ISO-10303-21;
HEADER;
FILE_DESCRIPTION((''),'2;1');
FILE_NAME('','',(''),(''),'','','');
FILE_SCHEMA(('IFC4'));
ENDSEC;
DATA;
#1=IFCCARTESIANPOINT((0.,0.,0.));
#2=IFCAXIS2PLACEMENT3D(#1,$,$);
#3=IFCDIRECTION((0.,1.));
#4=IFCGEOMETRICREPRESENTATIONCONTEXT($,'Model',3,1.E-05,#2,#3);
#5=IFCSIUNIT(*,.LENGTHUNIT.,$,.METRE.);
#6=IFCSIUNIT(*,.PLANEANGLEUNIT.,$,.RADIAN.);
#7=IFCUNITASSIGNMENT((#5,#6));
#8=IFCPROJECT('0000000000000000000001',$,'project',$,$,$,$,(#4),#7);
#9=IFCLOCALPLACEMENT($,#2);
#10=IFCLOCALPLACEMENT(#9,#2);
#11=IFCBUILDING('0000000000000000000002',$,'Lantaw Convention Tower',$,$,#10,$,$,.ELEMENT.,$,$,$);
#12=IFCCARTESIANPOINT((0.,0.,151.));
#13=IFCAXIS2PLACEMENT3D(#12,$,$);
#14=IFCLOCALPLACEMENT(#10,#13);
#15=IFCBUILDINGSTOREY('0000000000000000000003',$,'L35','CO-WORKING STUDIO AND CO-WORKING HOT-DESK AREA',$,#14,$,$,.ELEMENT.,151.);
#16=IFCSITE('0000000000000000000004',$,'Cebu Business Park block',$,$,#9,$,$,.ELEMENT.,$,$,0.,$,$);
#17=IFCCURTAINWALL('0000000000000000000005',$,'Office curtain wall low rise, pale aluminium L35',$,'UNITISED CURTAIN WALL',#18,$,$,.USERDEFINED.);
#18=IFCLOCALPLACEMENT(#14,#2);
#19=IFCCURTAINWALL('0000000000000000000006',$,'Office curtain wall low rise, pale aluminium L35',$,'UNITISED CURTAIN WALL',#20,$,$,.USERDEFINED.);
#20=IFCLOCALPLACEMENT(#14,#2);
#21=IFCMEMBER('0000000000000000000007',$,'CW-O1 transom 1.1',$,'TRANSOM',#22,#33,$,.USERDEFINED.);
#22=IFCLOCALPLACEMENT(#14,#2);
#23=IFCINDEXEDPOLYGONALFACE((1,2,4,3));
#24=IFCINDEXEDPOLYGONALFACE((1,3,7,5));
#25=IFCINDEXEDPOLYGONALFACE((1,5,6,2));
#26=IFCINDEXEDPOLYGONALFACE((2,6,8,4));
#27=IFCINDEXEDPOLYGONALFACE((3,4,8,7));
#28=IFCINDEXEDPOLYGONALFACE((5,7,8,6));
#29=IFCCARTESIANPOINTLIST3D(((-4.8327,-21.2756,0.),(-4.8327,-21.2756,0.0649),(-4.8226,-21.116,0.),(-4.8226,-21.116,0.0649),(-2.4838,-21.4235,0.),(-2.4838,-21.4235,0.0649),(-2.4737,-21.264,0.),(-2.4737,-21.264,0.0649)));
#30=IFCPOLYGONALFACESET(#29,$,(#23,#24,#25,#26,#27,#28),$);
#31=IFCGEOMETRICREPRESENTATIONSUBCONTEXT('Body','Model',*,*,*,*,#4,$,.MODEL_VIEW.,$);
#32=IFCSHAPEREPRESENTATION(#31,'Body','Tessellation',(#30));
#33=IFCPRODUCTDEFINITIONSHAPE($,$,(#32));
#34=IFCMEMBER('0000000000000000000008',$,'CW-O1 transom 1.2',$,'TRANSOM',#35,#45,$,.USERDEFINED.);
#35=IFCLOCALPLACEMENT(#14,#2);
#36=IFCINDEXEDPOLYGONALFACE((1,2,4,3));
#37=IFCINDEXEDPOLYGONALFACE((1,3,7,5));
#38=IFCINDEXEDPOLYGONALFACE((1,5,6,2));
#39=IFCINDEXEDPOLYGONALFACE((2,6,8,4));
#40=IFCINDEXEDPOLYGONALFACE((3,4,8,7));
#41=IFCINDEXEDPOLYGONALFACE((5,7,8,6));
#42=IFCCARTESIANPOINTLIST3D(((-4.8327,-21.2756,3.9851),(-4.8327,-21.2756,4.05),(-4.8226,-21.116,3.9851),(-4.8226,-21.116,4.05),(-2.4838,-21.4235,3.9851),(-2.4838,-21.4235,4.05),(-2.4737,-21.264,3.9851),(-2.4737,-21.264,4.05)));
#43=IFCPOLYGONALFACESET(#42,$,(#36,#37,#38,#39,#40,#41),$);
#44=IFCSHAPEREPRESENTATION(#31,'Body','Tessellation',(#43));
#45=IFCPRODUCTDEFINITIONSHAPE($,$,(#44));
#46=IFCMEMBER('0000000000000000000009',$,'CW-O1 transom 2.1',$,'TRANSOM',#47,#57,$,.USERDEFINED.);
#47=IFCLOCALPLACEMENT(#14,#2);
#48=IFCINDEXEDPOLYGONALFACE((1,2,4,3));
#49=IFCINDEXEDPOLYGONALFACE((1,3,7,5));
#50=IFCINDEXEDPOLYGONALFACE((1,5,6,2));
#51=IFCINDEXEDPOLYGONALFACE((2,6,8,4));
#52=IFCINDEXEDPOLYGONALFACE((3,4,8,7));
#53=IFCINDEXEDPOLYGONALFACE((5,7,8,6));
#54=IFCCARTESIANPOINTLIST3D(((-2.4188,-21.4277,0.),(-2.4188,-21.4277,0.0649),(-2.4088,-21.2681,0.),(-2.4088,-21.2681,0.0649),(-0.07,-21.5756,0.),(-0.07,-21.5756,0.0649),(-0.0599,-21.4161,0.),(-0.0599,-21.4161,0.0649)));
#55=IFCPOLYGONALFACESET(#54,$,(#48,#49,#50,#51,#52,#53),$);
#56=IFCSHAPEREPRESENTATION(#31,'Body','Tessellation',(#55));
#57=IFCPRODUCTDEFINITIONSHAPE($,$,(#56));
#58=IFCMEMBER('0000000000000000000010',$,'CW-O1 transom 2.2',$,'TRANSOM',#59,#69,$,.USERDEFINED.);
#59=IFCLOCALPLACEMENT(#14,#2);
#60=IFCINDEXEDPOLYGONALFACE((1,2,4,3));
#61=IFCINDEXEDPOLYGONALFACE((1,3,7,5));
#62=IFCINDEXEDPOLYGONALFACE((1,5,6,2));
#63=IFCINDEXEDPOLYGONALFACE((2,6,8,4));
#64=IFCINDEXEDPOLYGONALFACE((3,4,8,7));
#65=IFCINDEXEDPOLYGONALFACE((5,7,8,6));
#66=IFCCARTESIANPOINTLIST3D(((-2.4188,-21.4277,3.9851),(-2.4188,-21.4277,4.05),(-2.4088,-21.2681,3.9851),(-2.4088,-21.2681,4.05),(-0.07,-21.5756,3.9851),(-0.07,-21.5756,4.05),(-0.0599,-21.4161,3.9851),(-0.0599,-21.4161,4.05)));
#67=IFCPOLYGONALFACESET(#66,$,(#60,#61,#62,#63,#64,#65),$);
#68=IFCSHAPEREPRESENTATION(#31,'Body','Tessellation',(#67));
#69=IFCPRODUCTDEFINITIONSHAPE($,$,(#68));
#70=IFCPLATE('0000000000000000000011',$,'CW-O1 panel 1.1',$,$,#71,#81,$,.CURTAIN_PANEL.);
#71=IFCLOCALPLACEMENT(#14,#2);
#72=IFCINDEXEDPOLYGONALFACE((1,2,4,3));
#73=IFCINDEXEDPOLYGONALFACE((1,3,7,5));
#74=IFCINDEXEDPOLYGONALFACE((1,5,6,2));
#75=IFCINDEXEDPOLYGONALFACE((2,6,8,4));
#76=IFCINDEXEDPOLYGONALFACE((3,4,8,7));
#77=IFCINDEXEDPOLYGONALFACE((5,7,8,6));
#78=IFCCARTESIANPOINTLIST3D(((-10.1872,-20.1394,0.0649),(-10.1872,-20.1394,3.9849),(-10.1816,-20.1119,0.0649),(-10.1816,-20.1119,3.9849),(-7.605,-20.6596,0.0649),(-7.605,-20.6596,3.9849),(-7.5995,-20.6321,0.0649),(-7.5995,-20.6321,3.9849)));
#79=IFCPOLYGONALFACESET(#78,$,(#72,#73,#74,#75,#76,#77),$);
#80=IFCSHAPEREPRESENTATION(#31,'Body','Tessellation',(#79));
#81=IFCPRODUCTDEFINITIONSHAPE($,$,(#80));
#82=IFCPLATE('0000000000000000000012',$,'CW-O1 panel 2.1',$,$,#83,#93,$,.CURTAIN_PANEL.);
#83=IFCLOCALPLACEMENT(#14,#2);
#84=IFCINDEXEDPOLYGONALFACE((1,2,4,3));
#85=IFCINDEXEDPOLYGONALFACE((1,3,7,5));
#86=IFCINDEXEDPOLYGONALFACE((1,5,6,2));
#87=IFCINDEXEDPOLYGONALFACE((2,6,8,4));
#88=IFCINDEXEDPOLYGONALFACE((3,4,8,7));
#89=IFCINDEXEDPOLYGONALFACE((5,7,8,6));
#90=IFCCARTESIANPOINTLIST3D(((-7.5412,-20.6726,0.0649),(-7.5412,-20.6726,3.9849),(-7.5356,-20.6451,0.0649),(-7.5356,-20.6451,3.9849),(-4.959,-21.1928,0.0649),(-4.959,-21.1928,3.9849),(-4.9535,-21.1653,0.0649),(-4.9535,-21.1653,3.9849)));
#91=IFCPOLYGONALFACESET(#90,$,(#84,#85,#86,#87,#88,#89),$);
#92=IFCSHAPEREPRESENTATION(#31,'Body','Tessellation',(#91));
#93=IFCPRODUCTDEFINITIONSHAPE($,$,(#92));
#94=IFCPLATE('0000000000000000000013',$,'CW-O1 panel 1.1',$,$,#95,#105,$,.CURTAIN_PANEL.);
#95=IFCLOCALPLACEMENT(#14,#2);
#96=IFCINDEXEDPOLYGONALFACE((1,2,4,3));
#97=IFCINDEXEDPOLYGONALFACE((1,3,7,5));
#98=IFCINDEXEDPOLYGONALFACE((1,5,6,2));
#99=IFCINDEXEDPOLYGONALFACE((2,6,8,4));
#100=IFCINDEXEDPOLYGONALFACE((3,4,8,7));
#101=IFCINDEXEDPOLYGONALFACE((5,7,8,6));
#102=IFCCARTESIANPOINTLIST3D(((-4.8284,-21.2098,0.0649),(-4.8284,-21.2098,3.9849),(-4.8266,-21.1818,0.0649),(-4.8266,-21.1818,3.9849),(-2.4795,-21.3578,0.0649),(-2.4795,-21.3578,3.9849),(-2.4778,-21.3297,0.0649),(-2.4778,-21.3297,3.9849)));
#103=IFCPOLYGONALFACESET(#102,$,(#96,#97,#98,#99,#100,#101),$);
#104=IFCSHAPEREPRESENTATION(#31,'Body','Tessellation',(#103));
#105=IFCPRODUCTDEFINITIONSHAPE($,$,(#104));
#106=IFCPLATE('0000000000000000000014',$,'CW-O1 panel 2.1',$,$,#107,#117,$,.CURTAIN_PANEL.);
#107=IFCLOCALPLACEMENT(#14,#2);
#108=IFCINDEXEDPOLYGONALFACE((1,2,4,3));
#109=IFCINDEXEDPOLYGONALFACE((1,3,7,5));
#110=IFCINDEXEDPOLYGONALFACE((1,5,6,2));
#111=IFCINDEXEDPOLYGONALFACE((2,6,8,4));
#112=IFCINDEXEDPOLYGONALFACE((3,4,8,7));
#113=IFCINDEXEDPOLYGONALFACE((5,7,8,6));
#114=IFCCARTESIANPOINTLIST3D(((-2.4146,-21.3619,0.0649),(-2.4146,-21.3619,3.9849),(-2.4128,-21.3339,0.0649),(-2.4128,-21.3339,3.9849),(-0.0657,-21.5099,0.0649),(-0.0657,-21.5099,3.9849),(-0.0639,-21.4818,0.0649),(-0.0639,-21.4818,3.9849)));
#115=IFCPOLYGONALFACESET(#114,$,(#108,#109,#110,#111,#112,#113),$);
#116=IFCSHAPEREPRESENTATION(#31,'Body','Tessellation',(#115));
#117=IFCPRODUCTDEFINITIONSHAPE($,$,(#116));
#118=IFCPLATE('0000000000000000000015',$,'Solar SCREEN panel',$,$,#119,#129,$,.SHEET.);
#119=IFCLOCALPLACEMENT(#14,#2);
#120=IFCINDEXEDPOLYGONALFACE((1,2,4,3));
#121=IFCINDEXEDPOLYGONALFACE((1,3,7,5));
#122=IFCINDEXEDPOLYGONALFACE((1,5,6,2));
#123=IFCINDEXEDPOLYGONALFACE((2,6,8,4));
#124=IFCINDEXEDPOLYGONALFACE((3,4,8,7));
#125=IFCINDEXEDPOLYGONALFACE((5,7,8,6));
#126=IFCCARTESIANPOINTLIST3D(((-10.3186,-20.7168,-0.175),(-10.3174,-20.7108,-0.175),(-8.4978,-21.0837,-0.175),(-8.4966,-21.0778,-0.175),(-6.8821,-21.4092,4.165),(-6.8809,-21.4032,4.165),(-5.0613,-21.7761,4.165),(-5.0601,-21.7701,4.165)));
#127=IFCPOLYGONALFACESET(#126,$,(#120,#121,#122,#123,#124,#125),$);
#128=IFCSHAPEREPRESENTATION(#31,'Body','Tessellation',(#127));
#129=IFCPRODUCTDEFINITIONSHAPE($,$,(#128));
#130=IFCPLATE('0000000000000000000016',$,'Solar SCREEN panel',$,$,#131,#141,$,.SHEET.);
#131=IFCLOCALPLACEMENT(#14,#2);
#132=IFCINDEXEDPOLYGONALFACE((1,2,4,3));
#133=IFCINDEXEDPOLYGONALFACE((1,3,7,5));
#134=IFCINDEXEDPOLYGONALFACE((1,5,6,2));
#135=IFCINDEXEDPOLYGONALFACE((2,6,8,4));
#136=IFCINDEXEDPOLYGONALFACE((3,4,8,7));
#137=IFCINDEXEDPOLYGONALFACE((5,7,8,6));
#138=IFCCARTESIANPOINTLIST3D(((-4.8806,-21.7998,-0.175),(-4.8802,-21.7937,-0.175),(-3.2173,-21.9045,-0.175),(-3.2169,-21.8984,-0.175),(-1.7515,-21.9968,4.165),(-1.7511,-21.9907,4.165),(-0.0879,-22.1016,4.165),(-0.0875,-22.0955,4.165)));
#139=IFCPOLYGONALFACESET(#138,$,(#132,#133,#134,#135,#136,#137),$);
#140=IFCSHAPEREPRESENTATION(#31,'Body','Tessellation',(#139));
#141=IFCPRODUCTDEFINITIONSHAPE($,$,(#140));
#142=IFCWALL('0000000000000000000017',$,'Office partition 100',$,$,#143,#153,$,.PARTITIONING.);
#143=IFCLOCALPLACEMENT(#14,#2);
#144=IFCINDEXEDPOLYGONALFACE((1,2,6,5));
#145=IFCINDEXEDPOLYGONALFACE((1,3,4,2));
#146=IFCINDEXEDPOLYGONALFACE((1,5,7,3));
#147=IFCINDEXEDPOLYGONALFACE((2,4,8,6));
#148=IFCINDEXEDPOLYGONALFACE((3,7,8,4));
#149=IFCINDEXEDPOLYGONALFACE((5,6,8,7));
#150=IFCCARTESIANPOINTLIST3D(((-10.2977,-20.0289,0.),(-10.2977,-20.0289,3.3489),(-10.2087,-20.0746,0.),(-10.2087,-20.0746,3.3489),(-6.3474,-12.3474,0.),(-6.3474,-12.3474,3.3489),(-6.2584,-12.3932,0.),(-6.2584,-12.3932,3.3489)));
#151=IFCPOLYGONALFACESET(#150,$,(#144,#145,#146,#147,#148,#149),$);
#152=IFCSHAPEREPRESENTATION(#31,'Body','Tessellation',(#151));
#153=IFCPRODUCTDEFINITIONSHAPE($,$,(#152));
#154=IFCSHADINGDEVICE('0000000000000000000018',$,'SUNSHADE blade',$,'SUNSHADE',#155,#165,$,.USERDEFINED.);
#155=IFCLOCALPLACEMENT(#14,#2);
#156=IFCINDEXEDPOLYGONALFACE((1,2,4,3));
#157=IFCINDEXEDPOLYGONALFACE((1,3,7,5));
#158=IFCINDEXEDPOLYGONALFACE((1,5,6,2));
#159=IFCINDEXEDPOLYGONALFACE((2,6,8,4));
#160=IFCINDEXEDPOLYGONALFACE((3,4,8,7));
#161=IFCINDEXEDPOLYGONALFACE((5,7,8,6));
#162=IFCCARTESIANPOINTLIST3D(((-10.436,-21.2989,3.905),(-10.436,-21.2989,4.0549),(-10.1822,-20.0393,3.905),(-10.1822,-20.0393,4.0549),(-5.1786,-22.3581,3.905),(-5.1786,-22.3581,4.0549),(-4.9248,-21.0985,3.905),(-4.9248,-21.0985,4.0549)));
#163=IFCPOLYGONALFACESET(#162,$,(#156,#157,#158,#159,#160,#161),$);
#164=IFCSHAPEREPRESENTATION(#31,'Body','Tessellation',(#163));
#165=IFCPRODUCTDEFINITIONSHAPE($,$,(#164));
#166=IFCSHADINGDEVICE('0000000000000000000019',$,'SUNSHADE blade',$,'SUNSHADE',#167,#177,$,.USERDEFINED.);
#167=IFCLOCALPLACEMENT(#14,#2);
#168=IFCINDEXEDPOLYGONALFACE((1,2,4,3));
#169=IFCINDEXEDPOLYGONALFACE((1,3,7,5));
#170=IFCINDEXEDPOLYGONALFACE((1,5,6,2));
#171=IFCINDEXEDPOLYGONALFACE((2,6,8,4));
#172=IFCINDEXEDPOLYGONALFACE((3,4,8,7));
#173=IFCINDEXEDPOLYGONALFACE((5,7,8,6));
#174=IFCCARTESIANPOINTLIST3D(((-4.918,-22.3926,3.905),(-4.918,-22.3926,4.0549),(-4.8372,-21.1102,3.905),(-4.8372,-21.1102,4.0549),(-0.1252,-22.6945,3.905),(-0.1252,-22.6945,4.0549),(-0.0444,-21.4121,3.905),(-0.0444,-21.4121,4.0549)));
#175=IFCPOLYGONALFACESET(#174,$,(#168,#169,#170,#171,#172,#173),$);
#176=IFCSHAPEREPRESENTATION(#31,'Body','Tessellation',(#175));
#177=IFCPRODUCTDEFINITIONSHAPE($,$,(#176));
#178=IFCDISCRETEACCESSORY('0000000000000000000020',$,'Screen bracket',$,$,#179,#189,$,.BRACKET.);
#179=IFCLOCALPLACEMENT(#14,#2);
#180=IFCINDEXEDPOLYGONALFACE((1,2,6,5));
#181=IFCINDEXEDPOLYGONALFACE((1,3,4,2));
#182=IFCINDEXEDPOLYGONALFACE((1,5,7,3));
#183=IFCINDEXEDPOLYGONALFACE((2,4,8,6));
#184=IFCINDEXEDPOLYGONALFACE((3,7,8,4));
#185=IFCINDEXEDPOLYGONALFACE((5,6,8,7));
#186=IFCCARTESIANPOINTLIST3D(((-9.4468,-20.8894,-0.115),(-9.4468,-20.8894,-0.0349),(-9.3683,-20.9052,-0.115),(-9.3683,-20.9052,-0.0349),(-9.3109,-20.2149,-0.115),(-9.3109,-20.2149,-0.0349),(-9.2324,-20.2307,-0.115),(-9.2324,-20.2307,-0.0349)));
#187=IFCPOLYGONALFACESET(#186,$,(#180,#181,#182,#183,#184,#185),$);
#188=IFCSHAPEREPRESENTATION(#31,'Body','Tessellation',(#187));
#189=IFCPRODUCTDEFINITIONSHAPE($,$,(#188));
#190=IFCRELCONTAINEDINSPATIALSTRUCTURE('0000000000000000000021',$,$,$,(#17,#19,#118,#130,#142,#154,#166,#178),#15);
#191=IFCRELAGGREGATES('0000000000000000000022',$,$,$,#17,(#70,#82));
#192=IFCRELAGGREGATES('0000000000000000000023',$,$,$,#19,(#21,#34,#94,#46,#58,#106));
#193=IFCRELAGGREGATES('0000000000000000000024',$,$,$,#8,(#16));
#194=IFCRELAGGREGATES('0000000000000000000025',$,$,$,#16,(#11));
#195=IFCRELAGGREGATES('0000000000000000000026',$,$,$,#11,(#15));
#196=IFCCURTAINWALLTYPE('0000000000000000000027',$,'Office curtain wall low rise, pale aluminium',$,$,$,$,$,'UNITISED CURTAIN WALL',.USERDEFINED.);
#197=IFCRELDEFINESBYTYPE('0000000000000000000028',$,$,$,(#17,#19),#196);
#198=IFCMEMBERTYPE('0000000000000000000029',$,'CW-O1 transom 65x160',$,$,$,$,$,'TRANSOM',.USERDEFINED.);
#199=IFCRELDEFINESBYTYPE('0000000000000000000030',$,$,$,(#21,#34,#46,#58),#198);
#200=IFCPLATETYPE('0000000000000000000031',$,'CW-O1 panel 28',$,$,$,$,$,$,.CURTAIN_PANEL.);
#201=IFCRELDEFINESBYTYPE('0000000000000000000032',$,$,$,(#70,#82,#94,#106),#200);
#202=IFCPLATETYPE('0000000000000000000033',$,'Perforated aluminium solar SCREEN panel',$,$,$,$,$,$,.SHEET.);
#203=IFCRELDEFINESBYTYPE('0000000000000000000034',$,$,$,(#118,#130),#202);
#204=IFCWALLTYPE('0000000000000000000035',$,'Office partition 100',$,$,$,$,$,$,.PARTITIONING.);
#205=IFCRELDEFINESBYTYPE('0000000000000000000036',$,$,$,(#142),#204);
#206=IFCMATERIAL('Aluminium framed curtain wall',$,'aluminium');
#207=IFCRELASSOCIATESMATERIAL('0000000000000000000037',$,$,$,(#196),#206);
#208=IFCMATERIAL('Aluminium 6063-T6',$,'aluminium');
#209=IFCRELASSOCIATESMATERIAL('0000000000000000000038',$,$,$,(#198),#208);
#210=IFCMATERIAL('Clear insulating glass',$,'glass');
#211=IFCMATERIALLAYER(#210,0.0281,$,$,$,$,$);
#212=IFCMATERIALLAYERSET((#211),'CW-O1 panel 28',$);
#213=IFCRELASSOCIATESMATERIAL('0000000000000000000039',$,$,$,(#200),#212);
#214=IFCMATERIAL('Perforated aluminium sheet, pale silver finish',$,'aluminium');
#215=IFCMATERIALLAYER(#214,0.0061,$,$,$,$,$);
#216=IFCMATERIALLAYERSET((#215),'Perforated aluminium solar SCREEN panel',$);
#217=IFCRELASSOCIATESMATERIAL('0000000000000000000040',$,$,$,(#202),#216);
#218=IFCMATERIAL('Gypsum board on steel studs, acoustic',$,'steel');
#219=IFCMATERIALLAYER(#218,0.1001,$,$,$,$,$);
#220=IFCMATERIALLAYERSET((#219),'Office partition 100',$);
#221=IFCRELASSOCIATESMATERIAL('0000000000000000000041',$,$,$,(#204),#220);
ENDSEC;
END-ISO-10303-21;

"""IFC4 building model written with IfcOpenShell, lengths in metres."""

from ifc_helpers import new_model, si_unit, direction, frame, frame_2d, origin, origin_2d, place, context, subcontext, project, spatial, polyline, rectangle, outline, extrude, material, layer, layer_set, material_profile, profile_set, type_object, element, aggregate, save


model = new_model("IFC4")

# Units and contexts
model_context = context("Model", 3, precision=1e-05, world=origin(), true_north=direction((0.0, 1.0)))
body_context = subcontext(model_context, "Body", "Model", "MODEL_VIEW")
ifc_project = project(units=[si_unit("LENGTHUNIT", "METRE"), si_unit("PLANEANGLEUNIT", "RADIAN")], contexts=[model_context])

# Site, building, storey
site_placement = place(None, origin())
site = spatial("IfcSite", under=ifc_project, at=site_placement, Name="Cebu Business Park block", CompositionType="ELEMENT", RefElevation=0.0)
building_placement = place(site_placement, origin())
building = spatial("IfcBuilding", under=site, at=building_placement, Name="Lantaw Convention Tower", CompositionType="ELEMENT")
storey_placement = place(building_placement, frame((0.0, 0.0, 151.0)))
storey = spatial("IfcBuildingStorey", under=building, at=storey_placement, Name="L35", Description="CO-WORKING STUDIO AND CO-WORKING HOT-DESK AREA", CompositionType="ELEMENT", Elevation=151.0)

# Shared definitions
ifc_material_1 = material(Name="Aluminium framed curtain wall", Category="aluminium")
curtain_wall_type = type_object("IfcCurtainWallType", Name="Office curtain wall low rise, pale aluminium", ElementType="UNITISED CURTAIN WALL", PredefinedType="USERDEFINED", material=ifc_material_1)
ifc_material_2 = material(Name="Aluminium 6063-T6", Category="aluminium")

# Curtain walls
curtain_wall_1_placement = place(storey_placement, origin())
curtain_wall_1 = element("IfcCurtainWall", 1, at=curtain_wall_1_placement, inside=storey, type_object=curtain_wall_type, Name="Office curtain wall low rise, pale aluminium L35", ObjectType="UNITISED CURTAIN WALL", PredefinedType="USERDEFINED")
curtain_wall_2_placement = place(storey_placement, origin())
curtain_wall_2 = element("IfcCurtainWall", 2, at=curtain_wall_2_placement, inside=storey, type_object=curtain_wall_type, Name="Office curtain wall low rise, pale aluminium L35", ObjectType="UNITISED CURTAIN WALL", PredefinedType="USERDEFINED")

# Members
ifc_material_profile_1 = material_profile(ifc_material_2, rectangle(XDim=0.1599, YDim=0.0649, at=origin_2d()), Name="CW-O1 transom 65x160")
ifc_profile_set_1 = profile_set([ifc_material_profile_1], Name="Aluminium 6063-T6")
member_type_1 = type_object("IfcMemberType", Name="CW-O1 transom 65x160", ElementType="TRANSOM", PredefinedType="USERDEFINED", material=ifc_profile_set_1)
member_1_placement = place(storey_placement, frame((-4.8276, -21.1958, 0.0325), z_axis=(0.998022, -0.062863, 0.0), x_axis=(0.062863, 0.998022, 0.0)))
member_1 = element("IfcMember", 3, at=member_1_placement, type_object=member_type_1, Name="CW-O1 transom 1.1", ObjectType="TRANSOM", PredefinedType="USERDEFINED", context=body_context, shape_type="SweptSolid", body=[
    extrude(rectangle(XDim=0.1599, YDim=0.0649, at=origin_2d()), origin(), (0.0, 0.0, 1.0), 2.3535),
])
member_2_placement = place(storey_placement, frame((-4.8276, -21.1958, 4.0176), z_axis=(0.998022, -0.062863, 0.0), x_axis=(0.062863, 0.998022, 0.0)))
member_2 = element("IfcMember", 4, at=member_2_placement, type_object=member_type_1, Name="CW-O1 transom 1.2", ObjectType="TRANSOM", PredefinedType="USERDEFINED", context=body_context, shape_type="SweptSolid", body=[
    extrude(rectangle(XDim=0.1599, YDim=0.0649, at=origin_2d()), origin(), (0.0, 0.0, 1.0), 2.3535),
])
member_3_placement = place(storey_placement, frame((-2.4138, -21.3479, 0.0325), z_axis=(0.998022, -0.062863, 0.0), x_axis=(0.062863, 0.998022, 0.0)))
member_3 = element("IfcMember", 5, at=member_3_placement, type_object=member_type_1, Name="CW-O1 transom 2.1", ObjectType="TRANSOM", PredefinedType="USERDEFINED", context=body_context, shape_type="SweptSolid", body=[
    extrude(rectangle(XDim=0.1599, YDim=0.0649, at=origin_2d()), origin(), (0.0, 0.0, 1.0), 2.3535),
])
member_4_placement = place(storey_placement, frame((-2.4138, -21.3479, 4.0176), z_axis=(0.998022, -0.062863, 0.0), x_axis=(0.062863, 0.998022, 0.0)))
member_4 = element("IfcMember", 6, at=member_4_placement, type_object=member_type_1, Name="CW-O1 transom 2.2", ObjectType="TRANSOM", PredefinedType="USERDEFINED", context=body_context, shape_type="SweptSolid", body=[
    extrude(rectangle(XDim=0.1599, YDim=0.0649, at=origin_2d()), origin(), (0.0, 0.0, 1.0), 2.3535),
])

# Plates
ifc_material_3 = material(Name="Clear insulating glass", Category="glass")
ifc_layer_1 = layer(ifc_material_3, 0.0281)
ifc_layer_set_1 = layer_set([ifc_layer_1], Name="CW-O1 panel 28")
plate_type_1 = type_object("IfcPlateType", Name="CW-O1 panel 28", PredefinedType="CURTAIN_PANEL", material=ifc_layer_set_1)
plate_1_placement = place(storey_placement, frame((-8.8933, -20.3857, 0.0649), z_axis=(0.0, 0.0, 1.0), x_axis=(0.980302, -0.197507, 0.0)))
plate_1 = element("IfcPlate", 7, at=plate_1_placement, type_object=plate_type_1, Name="CW-O1 panel 1.1", PredefinedType="CURTAIN_PANEL", context=body_context, shape_type="SweptSolid", body=[
    extrude(rectangle(XDim=2.634, YDim=0.0281, at=origin_2d()), origin(), (0.0, 0.0, 1.0), 3.9199),
])
plate_2_placement = place(storey_placement, frame((-6.2473, -20.9189, 0.0649), z_axis=(0.0, 0.0, 1.0), x_axis=(0.980302, -0.197507, 0.0)))
plate_2 = element("IfcPlate", 8, at=plate_2_placement, type_object=plate_type_1, Name="CW-O1 panel 2.1", PredefinedType="CURTAIN_PANEL", context=body_context, shape_type="SweptSolid", body=[
    extrude(rectangle(XDim=2.634, YDim=0.0281, at=origin_2d()), origin(), (0.0, 0.0, 1.0), 3.9199),
])
aggregate(curtain_wall_1, [plate_1, plate_2])
plate_3_placement = place(storey_placement, frame((-3.6531, -21.2698, 0.0649), z_axis=(0.0, 0.0, 1.0), x_axis=(0.998022, -0.062865, 0.0)))
plate_3 = element("IfcPlate", 9, at=plate_3_placement, type_object=plate_type_1, Name="CW-O1 panel 1.1", PredefinedType="CURTAIN_PANEL", context=body_context, shape_type="SweptSolid", body=[
    extrude(rectangle(XDim=2.3535, YDim=0.0281, at=origin_2d()), origin(), (0.0, 0.0, 1.0), 3.9199),
])
plate_4_placement = place(storey_placement, frame((-1.2393, -21.4219, 0.0649), z_axis=(0.0, 0.0, 1.0), x_axis=(0.998022, -0.062865, 0.0)))
plate_4 = element("IfcPlate", 10, at=plate_4_placement, type_object=plate_type_1, Name="CW-O1 panel 2.1", PredefinedType="CURTAIN_PANEL", context=body_context, shape_type="SweptSolid", body=[
    extrude(rectangle(XDim=2.3535, YDim=0.0281, at=origin_2d()), origin(), (0.0, 0.0, 1.0), 3.9199),
])
aggregate(curtain_wall_2, [member_1, member_2, plate_3, member_3, member_4, plate_4])

# Plates
ifc_material_4 = material(Name="Perforated aluminium sheet, pale silver finish", Category="aluminium")
ifc_layer_2 = layer(ifc_material_4, 0.0061)
ifc_layer_set_2 = layer_set([ifc_layer_2], Name="Perforated aluminium solar SCREEN panel")
plate_type_2 = type_object("IfcPlateType", Name="Perforated aluminium solar SCREEN panel", PredefinedType="SHEET", material=ifc_layer_set_2)
plate_5_placement = place(storey_placement, frame((-10.3186, -20.7168, -0.175), z_axis=(-0.197557, -0.980291, 0.000039), x_axis=(0.980291, -0.197557, 0.0)))
element("IfcPlate", 11, at=plate_5_placement, inside=storey, type_object=plate_type_2, Name="Solar SCREEN panel", PredefinedType="SHEET", context=body_context, shape_type="SweptSolid", body=[
    extrude(outline(polyline([(0.0, 0.0), (1.8574, 0.0), (5.363, 4.3401), (3.5056, 4.3401), (0.0, 0.0)])), origin(), (0.0, 0.0, -1.0), 0.0061),
])
plate_6_placement = place(storey_placement, frame((-4.8806, -21.7998, -0.175), z_axis=(-0.062839, -0.998024, 0.000002), x_axis=(0.998024, -0.062839, 0.0)))
element("IfcPlate", 12, at=plate_6_placement, inside=storey, type_object=plate_type_2, Name="Solar SCREEN panel", PredefinedType="SHEET", context=body_context, shape_type="SweptSolid", body=[
    extrude(outline(polyline([(0.0, 0.0), (1.6666, 0.0), (4.8022, 4.3401), (3.1353, 4.3401), (0.0, 0.0)])), origin(), (0.0, 0.0, -1.0), 0.0061),
])

# Wall
ifc_material_5 = material(Name="Gypsum board on steel studs, acoustic", Category="steel")
ifc_layer_3 = layer(ifc_material_5, 0.1001)
ifc_layer_set_3 = layer_set([ifc_layer_3], Name="Office partition 100")
wall_type = type_object("IfcWallType", Name="Office partition 100", PredefinedType="PARTITIONING", material=ifc_layer_set_3)
wall_placement = place(storey_placement, frame((-10.2532, -20.0518, 0.0), z_axis=(0.0, 0.0, 1.0), x_axis=(0.457326, 0.889299, 0.0)))
element("IfcWall", 13, at=wall_placement, inside=storey, type_object=wall_type, Name="Office partition 100", PredefinedType="PARTITIONING", context=body_context, shape_type="SweptSolid", body=[
    extrude(rectangle(XDim=8.6377, YDim=0.1001, at=frame_2d((4.3188, 0.0))), origin(), (0.0, 0.0, 1.0), 3.3489),
])

# Shading devices
shading_device_1_placement = place(storey_placement, frame((-7.6804, -21.1987, 3.905), z_axis=(0.0, 0.0, 1.0), x_axis=(0.980302, -0.197507, 0.0)))
element("IfcShadingDevice", 14, at=shading_device_1_placement, inside=storey, Name="SUNSHADE blade", ObjectType="SUNSHADE", PredefinedType="USERDEFINED", context=body_context, shape_type="SweptSolid", body=[
    extrude(rectangle(XDim=5.363, YDim=1.2849, at=origin_2d()), origin(), (0.0, 0.0, 1.0), 0.1499),
])
shading_device_2_placement = place(storey_placement, frame((-2.4812, -21.9023, 3.905), z_axis=(0.0, 0.0, 1.0), x_axis=(0.998022, -0.062865, 0.0)))
element("IfcShadingDevice", 15, at=shading_device_2_placement, inside=storey, Name="SUNSHADE blade", ObjectType="SUNSHADE", PredefinedType="USERDEFINED", context=body_context, shape_type="SweptSolid", body=[
    extrude(rectangle(XDim=4.8022, YDim=1.2849, at=origin_2d()), origin(), (0.0, 0.0, 1.0), 0.1499),
])

# Discrete accessory
for number, where, z_axis, x_axis, name in (
    (16, (-9.3396, -20.5601, -0.115), (0.0, 0.0, 1.0), (0.980302, -0.197507, 0.0), "Screen bracket"),
):
    element("IfcDiscreteAccessory", number, at=place(storey_placement, frame(where, z_axis=z_axis, x_axis=x_axis)), inside=storey, Name=name, PredefinedType="BRACKET", context=body_context, shape_type="SweptSolid", body=[
        extrude(rectangle(XDim=0.0801, YDim=0.688, at=origin_2d()), origin(), (0.0, 0.0, 1.0), 0.0801),
    ])

save(model, "model.ifc")
